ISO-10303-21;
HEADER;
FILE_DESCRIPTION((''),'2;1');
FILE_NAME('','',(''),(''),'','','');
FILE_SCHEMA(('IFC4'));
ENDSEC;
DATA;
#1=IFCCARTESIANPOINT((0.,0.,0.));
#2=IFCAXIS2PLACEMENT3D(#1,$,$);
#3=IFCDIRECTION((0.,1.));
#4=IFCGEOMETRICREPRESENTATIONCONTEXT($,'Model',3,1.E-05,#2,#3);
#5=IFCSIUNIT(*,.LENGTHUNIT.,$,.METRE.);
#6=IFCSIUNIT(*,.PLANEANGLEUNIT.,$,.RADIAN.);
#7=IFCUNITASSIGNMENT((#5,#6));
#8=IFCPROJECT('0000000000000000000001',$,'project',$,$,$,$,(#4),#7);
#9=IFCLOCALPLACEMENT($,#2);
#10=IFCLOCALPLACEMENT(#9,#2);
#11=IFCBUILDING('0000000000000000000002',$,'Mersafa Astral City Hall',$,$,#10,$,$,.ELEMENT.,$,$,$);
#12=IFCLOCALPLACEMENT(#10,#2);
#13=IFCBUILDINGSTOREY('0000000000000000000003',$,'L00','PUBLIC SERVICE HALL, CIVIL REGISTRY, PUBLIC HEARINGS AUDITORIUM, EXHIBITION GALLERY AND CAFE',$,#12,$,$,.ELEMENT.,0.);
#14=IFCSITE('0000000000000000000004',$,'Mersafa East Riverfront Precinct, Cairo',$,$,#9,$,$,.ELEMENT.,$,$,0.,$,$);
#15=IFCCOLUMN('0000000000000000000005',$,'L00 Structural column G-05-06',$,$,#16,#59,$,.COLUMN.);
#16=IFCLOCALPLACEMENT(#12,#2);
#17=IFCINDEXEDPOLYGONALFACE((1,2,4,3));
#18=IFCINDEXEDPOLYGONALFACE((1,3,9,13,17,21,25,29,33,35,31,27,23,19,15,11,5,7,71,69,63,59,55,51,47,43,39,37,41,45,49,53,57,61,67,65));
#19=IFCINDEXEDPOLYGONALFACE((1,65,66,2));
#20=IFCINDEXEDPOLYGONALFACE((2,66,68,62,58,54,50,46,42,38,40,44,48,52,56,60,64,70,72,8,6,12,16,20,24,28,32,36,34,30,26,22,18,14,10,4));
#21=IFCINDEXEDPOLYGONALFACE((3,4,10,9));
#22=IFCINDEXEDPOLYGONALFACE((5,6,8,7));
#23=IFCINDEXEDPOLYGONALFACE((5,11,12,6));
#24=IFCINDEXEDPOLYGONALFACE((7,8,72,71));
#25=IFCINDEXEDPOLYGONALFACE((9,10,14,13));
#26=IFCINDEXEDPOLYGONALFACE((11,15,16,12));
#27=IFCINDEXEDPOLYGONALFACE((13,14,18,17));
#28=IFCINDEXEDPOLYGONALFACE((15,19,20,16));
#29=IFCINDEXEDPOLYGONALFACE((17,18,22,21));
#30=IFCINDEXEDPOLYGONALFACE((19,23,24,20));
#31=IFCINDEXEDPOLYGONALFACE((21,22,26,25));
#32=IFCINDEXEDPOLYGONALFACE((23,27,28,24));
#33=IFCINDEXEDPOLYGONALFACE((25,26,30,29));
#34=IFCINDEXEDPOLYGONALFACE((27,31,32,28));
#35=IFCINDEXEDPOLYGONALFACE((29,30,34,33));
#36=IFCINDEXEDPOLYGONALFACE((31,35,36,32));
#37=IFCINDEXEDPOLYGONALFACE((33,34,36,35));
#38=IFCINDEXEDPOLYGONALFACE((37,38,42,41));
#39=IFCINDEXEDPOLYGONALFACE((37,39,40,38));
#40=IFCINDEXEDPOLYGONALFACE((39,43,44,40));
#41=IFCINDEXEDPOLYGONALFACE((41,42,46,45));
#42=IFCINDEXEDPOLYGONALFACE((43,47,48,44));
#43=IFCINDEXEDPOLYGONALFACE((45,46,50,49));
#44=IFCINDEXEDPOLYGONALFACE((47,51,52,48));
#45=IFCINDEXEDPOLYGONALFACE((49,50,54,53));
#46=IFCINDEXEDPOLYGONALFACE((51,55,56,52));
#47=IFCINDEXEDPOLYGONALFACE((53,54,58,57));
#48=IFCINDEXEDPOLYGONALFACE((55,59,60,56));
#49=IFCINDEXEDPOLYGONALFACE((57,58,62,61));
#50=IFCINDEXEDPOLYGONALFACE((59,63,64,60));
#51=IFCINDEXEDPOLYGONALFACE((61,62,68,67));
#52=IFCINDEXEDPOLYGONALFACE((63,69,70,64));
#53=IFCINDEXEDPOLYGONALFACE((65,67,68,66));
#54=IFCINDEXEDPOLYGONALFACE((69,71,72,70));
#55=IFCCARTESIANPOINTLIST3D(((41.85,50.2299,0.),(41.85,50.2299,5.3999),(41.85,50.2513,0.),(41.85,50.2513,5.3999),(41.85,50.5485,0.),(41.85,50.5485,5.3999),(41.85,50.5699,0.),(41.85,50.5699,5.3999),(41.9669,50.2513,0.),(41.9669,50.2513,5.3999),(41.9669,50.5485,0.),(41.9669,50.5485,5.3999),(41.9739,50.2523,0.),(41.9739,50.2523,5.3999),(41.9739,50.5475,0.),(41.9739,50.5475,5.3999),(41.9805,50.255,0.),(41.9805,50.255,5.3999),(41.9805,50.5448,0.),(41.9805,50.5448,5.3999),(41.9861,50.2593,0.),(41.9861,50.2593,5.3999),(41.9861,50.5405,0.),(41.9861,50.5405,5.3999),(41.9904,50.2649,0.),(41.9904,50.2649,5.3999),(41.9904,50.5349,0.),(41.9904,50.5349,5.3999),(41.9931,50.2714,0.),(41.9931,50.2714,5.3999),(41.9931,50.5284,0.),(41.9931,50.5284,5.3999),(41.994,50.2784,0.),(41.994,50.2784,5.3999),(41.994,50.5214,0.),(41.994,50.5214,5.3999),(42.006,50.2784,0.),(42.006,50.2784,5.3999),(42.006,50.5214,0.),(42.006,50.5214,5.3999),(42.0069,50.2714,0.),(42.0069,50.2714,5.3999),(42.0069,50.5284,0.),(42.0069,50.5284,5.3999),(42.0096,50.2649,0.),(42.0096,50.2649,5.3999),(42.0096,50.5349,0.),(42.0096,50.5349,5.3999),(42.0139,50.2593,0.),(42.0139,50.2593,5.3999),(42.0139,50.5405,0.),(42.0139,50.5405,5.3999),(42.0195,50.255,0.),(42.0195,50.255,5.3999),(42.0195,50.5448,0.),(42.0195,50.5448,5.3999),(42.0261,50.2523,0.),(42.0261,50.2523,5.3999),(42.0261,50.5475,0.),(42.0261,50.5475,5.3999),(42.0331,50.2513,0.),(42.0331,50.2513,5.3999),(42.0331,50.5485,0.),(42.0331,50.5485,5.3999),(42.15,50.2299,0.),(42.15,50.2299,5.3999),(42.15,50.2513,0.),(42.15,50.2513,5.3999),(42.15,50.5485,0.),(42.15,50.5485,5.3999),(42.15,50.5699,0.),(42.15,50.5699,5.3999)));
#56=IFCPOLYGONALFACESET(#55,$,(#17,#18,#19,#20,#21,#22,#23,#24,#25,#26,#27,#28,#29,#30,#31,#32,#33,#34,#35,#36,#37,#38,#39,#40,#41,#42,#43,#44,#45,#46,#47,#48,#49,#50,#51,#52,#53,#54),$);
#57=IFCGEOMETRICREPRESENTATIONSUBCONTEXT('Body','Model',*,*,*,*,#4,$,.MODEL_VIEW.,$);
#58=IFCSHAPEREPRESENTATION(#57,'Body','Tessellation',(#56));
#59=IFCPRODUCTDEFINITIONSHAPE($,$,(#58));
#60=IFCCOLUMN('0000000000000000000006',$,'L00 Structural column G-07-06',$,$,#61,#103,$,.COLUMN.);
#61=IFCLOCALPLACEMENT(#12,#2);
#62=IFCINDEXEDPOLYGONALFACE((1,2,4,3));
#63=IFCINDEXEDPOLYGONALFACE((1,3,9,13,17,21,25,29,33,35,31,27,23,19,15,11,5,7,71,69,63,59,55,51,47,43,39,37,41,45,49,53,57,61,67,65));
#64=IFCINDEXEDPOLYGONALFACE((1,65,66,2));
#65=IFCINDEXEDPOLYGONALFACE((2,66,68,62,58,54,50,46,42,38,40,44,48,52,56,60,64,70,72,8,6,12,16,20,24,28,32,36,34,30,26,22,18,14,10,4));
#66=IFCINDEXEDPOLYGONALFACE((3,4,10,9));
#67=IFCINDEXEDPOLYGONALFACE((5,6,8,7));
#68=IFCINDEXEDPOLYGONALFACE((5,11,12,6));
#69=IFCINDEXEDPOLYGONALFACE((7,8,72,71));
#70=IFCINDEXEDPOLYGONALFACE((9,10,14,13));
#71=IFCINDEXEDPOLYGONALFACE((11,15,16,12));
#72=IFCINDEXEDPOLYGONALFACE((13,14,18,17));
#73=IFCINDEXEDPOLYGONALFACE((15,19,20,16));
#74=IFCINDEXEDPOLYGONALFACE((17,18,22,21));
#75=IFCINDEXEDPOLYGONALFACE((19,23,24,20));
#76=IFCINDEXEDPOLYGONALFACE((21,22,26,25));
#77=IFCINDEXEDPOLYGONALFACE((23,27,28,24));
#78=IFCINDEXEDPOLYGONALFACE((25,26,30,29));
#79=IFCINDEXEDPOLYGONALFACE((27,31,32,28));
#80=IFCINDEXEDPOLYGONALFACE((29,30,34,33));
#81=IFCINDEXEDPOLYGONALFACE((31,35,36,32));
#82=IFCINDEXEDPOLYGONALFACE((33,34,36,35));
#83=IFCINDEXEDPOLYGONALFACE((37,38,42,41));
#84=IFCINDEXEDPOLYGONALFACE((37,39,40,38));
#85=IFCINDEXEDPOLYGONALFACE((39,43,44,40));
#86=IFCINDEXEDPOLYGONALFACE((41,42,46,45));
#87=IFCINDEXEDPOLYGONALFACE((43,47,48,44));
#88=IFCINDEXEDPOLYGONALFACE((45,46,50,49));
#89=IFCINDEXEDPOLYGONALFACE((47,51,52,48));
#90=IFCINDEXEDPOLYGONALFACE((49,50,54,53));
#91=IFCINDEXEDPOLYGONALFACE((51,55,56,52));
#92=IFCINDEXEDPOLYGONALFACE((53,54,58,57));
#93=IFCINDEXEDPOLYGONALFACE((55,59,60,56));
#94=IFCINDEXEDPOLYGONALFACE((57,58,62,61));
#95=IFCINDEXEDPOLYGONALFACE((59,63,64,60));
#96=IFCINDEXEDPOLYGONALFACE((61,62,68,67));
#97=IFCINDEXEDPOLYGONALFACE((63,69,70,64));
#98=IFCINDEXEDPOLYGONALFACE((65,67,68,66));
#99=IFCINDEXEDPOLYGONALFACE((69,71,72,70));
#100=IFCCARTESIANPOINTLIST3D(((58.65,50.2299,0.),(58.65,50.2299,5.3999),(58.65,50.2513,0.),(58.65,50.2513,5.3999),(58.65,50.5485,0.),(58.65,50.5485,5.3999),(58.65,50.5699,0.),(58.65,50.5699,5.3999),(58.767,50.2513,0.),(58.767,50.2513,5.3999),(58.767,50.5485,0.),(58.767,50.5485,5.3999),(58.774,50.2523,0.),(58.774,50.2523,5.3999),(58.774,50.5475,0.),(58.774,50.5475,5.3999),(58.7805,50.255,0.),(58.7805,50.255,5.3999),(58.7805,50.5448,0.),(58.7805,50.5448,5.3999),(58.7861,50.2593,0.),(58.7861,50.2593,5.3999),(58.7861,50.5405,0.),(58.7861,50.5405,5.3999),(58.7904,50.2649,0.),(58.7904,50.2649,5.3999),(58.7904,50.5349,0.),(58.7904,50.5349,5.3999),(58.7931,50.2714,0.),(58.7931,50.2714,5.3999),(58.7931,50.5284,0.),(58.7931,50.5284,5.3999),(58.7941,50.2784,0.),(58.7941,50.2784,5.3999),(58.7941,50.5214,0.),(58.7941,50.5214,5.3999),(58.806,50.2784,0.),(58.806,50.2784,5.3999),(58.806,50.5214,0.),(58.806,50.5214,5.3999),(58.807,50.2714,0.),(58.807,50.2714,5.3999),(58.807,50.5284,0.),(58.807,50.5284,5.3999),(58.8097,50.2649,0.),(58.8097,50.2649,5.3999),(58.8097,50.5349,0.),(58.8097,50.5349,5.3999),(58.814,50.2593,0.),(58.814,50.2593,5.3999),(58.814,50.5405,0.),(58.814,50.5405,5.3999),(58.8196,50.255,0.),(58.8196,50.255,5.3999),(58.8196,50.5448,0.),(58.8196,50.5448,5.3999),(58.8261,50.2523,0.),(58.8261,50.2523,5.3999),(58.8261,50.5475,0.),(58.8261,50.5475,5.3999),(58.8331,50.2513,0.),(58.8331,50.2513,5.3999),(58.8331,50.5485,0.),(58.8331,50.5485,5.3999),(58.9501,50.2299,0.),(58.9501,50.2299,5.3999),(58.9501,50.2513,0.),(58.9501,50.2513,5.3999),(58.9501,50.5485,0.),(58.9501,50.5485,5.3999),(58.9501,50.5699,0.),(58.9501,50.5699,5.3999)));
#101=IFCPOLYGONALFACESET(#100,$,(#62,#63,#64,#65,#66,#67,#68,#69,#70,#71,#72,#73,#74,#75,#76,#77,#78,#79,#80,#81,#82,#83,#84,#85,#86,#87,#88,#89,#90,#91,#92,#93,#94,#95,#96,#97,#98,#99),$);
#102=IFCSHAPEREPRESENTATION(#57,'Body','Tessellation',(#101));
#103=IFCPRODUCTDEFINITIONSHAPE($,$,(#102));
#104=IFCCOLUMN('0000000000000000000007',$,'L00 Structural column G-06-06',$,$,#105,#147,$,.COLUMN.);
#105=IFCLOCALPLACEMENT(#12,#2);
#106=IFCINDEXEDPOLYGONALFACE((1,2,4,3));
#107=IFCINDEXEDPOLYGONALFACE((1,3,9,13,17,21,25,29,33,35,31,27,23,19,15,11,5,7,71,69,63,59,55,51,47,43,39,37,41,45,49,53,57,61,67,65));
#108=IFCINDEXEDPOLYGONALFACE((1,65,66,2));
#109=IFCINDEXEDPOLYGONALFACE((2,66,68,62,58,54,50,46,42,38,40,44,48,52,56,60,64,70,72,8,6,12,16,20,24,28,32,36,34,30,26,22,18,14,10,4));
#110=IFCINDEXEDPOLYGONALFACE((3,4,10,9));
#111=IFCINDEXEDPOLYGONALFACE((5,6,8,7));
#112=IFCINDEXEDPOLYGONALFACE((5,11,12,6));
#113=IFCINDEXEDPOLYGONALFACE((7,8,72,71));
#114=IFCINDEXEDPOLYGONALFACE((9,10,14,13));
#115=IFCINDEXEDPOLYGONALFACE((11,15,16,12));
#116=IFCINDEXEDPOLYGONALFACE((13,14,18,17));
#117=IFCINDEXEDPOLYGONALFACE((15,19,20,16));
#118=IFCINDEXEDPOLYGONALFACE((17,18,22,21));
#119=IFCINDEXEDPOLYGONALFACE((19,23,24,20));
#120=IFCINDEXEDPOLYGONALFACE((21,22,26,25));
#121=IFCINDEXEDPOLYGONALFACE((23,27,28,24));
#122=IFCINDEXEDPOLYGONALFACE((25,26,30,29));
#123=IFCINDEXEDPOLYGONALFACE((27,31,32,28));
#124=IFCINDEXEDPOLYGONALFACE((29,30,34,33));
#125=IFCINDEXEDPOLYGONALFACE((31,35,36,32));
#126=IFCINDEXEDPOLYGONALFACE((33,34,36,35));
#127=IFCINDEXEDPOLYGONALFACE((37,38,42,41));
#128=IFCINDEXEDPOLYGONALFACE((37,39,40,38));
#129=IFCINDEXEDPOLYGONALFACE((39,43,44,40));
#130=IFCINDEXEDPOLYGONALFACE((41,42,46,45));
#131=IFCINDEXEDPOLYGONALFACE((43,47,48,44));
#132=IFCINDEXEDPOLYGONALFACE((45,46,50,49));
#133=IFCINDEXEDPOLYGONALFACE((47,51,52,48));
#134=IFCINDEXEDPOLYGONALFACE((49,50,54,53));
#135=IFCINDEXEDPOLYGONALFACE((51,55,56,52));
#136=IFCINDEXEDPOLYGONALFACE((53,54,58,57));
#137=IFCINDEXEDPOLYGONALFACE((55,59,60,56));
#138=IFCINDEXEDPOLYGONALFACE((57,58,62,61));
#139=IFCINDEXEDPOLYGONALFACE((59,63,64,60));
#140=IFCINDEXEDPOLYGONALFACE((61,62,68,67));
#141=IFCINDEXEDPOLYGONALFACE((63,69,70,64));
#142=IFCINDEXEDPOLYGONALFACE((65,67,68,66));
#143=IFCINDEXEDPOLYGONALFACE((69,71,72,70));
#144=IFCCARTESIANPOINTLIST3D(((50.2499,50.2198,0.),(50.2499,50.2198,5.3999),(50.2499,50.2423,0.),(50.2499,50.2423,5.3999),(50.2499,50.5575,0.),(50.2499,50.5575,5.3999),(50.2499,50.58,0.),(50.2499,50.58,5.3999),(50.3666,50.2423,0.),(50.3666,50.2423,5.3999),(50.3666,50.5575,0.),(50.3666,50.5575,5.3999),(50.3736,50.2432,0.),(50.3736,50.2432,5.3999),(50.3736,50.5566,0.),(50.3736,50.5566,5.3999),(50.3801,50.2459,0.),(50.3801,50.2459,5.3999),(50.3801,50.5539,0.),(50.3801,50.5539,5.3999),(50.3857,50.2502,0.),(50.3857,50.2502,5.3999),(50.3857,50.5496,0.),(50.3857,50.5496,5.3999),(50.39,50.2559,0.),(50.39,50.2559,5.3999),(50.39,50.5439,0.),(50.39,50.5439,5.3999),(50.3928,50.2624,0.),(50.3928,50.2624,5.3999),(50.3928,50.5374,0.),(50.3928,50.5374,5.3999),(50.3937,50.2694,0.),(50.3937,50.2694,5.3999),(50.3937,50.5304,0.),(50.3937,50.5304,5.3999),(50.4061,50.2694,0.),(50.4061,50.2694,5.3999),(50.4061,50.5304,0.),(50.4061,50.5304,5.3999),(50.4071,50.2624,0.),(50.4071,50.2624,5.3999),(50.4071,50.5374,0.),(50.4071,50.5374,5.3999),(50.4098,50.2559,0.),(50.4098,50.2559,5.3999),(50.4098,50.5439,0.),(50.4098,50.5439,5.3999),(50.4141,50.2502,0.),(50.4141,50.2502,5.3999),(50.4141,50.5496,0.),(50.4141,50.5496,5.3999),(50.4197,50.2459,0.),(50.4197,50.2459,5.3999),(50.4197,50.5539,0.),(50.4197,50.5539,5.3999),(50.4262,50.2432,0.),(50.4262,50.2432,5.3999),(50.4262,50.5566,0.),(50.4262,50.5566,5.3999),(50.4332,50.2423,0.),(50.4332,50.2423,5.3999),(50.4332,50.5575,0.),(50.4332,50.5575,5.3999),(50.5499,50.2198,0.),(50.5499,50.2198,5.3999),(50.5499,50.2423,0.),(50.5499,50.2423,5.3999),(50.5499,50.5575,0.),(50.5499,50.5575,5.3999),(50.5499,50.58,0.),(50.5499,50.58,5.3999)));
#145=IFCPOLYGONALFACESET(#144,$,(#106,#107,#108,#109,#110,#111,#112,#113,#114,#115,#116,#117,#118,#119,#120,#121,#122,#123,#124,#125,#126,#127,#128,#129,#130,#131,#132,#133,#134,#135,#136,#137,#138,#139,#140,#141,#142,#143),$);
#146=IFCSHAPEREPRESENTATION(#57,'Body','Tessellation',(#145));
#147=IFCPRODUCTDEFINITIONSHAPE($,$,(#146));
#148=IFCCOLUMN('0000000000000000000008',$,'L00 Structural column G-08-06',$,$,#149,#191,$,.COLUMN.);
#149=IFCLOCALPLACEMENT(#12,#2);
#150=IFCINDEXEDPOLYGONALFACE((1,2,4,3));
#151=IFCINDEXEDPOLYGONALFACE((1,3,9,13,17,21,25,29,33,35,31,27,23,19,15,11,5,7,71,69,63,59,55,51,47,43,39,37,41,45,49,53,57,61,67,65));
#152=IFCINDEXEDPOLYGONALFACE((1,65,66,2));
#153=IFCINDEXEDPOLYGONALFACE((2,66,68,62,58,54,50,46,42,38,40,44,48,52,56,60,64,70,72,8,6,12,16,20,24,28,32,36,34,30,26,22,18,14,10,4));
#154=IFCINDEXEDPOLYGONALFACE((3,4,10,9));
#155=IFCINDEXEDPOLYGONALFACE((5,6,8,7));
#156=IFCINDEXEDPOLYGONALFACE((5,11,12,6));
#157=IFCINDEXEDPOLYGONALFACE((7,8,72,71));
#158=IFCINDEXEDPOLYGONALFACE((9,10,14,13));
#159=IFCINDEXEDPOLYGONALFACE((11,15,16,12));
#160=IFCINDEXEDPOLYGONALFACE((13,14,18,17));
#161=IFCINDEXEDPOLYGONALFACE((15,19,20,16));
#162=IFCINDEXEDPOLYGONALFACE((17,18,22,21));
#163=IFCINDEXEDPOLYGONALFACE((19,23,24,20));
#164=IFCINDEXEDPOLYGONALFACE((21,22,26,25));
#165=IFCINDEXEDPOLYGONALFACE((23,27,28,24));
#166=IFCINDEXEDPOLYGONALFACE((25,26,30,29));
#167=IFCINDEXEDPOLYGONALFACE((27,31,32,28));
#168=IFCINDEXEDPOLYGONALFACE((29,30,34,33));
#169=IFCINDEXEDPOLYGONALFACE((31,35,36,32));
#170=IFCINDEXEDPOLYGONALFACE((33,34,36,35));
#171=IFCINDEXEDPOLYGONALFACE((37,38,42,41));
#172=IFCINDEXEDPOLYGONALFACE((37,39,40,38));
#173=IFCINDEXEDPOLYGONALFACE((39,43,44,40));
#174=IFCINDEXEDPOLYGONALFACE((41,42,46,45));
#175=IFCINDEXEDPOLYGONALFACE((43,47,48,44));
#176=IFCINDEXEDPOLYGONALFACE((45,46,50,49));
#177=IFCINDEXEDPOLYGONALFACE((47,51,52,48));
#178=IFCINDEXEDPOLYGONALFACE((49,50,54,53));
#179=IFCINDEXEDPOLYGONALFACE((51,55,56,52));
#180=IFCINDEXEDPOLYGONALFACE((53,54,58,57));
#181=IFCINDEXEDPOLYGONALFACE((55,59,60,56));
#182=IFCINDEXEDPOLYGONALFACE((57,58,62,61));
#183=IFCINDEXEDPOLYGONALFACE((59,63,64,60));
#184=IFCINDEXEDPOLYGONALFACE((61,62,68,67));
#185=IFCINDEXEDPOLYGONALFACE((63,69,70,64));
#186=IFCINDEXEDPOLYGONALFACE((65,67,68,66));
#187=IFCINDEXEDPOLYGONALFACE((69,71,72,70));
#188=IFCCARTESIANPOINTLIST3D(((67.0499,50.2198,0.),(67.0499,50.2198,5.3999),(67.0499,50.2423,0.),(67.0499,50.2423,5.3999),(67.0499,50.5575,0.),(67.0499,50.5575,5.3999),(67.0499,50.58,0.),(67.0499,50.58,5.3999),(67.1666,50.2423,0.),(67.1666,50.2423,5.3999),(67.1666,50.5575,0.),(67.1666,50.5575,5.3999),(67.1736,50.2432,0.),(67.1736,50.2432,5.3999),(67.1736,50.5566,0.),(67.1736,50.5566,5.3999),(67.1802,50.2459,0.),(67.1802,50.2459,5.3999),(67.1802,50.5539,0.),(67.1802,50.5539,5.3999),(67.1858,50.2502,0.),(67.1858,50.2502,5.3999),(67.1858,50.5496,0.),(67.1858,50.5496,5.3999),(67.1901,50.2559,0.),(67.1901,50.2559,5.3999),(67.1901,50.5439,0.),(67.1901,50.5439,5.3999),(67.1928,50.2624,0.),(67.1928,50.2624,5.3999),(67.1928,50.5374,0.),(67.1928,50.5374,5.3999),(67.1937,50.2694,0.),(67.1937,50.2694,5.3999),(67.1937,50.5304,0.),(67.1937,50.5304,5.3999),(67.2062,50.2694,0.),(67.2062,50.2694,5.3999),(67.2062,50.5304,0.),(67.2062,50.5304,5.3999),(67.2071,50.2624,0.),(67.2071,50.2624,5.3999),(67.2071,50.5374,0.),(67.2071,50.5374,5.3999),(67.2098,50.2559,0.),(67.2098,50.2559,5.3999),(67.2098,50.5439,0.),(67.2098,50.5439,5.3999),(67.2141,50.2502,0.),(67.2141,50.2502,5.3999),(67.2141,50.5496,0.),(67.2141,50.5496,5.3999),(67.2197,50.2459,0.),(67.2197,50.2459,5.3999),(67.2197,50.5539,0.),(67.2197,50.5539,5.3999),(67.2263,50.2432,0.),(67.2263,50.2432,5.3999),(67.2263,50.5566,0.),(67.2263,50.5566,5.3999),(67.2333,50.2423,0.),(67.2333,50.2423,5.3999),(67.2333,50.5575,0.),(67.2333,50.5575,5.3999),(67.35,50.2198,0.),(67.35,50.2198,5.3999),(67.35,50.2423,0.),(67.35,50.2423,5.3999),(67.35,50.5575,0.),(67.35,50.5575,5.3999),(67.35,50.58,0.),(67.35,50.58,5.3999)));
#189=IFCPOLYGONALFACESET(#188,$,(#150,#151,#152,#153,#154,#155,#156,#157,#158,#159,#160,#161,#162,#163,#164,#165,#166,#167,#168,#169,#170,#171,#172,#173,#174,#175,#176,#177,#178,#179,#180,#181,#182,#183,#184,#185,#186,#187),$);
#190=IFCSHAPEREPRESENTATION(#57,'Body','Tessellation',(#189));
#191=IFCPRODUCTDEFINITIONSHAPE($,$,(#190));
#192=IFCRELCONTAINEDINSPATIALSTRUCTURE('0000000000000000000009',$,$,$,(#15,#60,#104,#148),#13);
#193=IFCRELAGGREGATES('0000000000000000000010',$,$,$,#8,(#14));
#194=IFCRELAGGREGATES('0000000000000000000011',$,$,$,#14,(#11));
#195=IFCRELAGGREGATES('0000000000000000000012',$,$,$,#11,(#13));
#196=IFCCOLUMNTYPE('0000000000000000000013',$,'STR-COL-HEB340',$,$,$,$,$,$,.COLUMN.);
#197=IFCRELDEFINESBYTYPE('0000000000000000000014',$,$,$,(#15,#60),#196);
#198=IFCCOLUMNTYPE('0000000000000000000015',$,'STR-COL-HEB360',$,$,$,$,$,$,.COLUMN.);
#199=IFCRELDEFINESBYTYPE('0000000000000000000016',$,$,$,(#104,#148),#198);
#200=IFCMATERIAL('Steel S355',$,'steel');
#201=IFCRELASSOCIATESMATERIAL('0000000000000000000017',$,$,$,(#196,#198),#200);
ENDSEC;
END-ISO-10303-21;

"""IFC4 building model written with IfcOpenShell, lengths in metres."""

from ifc_helpers import new_model, si_unit, direction, frame, origin, origin_2d, place, context, subcontext, project, spatial, i_section, extrude, material, material_profile, profile_set, type_object, element, save


model = new_model("IFC4")

# Units and contexts
model_context = context("Model", 3, precision=1e-05, world=origin(), true_north=direction((0.0, 1.0)))
body_context = subcontext(model_context, "Body", "Model", "MODEL_VIEW")
ifc_project = project(units=[si_unit("LENGTHUNIT", "METRE"), si_unit("PLANEANGLEUNIT", "RADIAN")], contexts=[model_context])

# Site, building, storey
site_placement = place(None, origin())
site = spatial("IfcSite", under=ifc_project, at=site_placement, Name="Mersafa East Riverfront Precinct, Cairo", CompositionType="ELEMENT", RefElevation=0.0)
building_placement = place(site_placement, origin())
building = spatial("IfcBuilding", under=site, at=building_placement, Name="Mersafa Astral City Hall", CompositionType="ELEMENT")
storey_placement = place(building_placement, origin())
storey = spatial("IfcBuildingStorey", under=building, at=storey_placement, Name="L00", Description="PUBLIC SERVICE HALL, CIVIL REGISTRY, PUBLIC HEARINGS AUDITORIUM, EXHIBITION GALLERY AND CAFE", CompositionType="ELEMENT", Elevation=0.0)

# Columns
ifc_material_1 = material(Name="Steel S355", Category="steel")
ifc_material_profile_1 = material_profile(ifc_material_1, i_section(OverallWidth=0.3, OverallDepth=0.3401, WebThickness=0.012, FlangeThickness=0.0215, FilletRadius=0.0271, at=origin_2d()), Name="HEB 340")
ifc_profile_set_1 = profile_set([ifc_material_profile_1], Name="Steel S355")
column_type_1 = type_object("IfcColumnType", Name="STR-COL-HEB340", PredefinedType="COLUMN", material=ifc_profile_set_1)
for number, where, z_axis, x_axis, name in (
    (1, (42.0, 50.3999, 0.0), (0.0, 0.0, 1.0), (1.0, 0.0, 0.0), "L00 Structural column G-05-06"),
    (2, (58.8, 50.3999, 0.0), (0.0, 0.0, 1.0), (1.0, 0.0, 0.0), "L00 Structural column G-07-06"),
):
    element("IfcColumn", number, at=place(storey_placement, frame(where, z_axis=z_axis, x_axis=x_axis)), inside=storey, type_object=column_type_1, Name=name, PredefinedType="COLUMN", context=body_context, shape_type="SweptSolid", body=[
        extrude(i_section(OverallWidth=0.3, OverallDepth=0.3401, WebThickness=0.012, FlangeThickness=0.0215, FilletRadius=0.0271, at=origin_2d()), origin(), (0.0, 0.0, 1.0), 5.3999),
    ])
ifc_material_profile_2 = material_profile(ifc_material_1, i_section(OverallWidth=0.3, OverallDepth=0.3601, WebThickness=0.0125, FlangeThickness=0.0225, FilletRadius=0.0271, at=origin_2d()), Name="HEB 360")
ifc_profile_set_2 = profile_set([ifc_material_profile_2], Name="Steel S355")
column_type_2 = type_object("IfcColumnType", Name="STR-COL-HEB360", PredefinedType="COLUMN", material=ifc_profile_set_2)
for number, where, z_axis, x_axis, name in (
    (3, (50.3999, 50.3999, 0.0), (0.0, 0.0, 1.0), (1.0, 0.0, 0.0), "L00 Structural column G-06-06"),
    (4, (67.2, 50.3999, 0.0), (0.0, 0.0, 1.0), (1.0, 0.0, 0.0), "L00 Structural column G-08-06"),
):
    element("IfcColumn", number, at=place(storey_placement, frame(where, z_axis=z_axis, x_axis=x_axis)), inside=storey, type_object=column_type_2, Name=name, PredefinedType="COLUMN", context=body_context, shape_type="SweptSolid", body=[
        extrude(i_section(OverallWidth=0.3, OverallDepth=0.3601, WebThickness=0.0125, FlangeThickness=0.0225, FilletRadius=0.0271, at=origin_2d()), origin(), (0.0, 0.0, 1.0), 5.3999),
    ])

save(model, "model.ifc")
